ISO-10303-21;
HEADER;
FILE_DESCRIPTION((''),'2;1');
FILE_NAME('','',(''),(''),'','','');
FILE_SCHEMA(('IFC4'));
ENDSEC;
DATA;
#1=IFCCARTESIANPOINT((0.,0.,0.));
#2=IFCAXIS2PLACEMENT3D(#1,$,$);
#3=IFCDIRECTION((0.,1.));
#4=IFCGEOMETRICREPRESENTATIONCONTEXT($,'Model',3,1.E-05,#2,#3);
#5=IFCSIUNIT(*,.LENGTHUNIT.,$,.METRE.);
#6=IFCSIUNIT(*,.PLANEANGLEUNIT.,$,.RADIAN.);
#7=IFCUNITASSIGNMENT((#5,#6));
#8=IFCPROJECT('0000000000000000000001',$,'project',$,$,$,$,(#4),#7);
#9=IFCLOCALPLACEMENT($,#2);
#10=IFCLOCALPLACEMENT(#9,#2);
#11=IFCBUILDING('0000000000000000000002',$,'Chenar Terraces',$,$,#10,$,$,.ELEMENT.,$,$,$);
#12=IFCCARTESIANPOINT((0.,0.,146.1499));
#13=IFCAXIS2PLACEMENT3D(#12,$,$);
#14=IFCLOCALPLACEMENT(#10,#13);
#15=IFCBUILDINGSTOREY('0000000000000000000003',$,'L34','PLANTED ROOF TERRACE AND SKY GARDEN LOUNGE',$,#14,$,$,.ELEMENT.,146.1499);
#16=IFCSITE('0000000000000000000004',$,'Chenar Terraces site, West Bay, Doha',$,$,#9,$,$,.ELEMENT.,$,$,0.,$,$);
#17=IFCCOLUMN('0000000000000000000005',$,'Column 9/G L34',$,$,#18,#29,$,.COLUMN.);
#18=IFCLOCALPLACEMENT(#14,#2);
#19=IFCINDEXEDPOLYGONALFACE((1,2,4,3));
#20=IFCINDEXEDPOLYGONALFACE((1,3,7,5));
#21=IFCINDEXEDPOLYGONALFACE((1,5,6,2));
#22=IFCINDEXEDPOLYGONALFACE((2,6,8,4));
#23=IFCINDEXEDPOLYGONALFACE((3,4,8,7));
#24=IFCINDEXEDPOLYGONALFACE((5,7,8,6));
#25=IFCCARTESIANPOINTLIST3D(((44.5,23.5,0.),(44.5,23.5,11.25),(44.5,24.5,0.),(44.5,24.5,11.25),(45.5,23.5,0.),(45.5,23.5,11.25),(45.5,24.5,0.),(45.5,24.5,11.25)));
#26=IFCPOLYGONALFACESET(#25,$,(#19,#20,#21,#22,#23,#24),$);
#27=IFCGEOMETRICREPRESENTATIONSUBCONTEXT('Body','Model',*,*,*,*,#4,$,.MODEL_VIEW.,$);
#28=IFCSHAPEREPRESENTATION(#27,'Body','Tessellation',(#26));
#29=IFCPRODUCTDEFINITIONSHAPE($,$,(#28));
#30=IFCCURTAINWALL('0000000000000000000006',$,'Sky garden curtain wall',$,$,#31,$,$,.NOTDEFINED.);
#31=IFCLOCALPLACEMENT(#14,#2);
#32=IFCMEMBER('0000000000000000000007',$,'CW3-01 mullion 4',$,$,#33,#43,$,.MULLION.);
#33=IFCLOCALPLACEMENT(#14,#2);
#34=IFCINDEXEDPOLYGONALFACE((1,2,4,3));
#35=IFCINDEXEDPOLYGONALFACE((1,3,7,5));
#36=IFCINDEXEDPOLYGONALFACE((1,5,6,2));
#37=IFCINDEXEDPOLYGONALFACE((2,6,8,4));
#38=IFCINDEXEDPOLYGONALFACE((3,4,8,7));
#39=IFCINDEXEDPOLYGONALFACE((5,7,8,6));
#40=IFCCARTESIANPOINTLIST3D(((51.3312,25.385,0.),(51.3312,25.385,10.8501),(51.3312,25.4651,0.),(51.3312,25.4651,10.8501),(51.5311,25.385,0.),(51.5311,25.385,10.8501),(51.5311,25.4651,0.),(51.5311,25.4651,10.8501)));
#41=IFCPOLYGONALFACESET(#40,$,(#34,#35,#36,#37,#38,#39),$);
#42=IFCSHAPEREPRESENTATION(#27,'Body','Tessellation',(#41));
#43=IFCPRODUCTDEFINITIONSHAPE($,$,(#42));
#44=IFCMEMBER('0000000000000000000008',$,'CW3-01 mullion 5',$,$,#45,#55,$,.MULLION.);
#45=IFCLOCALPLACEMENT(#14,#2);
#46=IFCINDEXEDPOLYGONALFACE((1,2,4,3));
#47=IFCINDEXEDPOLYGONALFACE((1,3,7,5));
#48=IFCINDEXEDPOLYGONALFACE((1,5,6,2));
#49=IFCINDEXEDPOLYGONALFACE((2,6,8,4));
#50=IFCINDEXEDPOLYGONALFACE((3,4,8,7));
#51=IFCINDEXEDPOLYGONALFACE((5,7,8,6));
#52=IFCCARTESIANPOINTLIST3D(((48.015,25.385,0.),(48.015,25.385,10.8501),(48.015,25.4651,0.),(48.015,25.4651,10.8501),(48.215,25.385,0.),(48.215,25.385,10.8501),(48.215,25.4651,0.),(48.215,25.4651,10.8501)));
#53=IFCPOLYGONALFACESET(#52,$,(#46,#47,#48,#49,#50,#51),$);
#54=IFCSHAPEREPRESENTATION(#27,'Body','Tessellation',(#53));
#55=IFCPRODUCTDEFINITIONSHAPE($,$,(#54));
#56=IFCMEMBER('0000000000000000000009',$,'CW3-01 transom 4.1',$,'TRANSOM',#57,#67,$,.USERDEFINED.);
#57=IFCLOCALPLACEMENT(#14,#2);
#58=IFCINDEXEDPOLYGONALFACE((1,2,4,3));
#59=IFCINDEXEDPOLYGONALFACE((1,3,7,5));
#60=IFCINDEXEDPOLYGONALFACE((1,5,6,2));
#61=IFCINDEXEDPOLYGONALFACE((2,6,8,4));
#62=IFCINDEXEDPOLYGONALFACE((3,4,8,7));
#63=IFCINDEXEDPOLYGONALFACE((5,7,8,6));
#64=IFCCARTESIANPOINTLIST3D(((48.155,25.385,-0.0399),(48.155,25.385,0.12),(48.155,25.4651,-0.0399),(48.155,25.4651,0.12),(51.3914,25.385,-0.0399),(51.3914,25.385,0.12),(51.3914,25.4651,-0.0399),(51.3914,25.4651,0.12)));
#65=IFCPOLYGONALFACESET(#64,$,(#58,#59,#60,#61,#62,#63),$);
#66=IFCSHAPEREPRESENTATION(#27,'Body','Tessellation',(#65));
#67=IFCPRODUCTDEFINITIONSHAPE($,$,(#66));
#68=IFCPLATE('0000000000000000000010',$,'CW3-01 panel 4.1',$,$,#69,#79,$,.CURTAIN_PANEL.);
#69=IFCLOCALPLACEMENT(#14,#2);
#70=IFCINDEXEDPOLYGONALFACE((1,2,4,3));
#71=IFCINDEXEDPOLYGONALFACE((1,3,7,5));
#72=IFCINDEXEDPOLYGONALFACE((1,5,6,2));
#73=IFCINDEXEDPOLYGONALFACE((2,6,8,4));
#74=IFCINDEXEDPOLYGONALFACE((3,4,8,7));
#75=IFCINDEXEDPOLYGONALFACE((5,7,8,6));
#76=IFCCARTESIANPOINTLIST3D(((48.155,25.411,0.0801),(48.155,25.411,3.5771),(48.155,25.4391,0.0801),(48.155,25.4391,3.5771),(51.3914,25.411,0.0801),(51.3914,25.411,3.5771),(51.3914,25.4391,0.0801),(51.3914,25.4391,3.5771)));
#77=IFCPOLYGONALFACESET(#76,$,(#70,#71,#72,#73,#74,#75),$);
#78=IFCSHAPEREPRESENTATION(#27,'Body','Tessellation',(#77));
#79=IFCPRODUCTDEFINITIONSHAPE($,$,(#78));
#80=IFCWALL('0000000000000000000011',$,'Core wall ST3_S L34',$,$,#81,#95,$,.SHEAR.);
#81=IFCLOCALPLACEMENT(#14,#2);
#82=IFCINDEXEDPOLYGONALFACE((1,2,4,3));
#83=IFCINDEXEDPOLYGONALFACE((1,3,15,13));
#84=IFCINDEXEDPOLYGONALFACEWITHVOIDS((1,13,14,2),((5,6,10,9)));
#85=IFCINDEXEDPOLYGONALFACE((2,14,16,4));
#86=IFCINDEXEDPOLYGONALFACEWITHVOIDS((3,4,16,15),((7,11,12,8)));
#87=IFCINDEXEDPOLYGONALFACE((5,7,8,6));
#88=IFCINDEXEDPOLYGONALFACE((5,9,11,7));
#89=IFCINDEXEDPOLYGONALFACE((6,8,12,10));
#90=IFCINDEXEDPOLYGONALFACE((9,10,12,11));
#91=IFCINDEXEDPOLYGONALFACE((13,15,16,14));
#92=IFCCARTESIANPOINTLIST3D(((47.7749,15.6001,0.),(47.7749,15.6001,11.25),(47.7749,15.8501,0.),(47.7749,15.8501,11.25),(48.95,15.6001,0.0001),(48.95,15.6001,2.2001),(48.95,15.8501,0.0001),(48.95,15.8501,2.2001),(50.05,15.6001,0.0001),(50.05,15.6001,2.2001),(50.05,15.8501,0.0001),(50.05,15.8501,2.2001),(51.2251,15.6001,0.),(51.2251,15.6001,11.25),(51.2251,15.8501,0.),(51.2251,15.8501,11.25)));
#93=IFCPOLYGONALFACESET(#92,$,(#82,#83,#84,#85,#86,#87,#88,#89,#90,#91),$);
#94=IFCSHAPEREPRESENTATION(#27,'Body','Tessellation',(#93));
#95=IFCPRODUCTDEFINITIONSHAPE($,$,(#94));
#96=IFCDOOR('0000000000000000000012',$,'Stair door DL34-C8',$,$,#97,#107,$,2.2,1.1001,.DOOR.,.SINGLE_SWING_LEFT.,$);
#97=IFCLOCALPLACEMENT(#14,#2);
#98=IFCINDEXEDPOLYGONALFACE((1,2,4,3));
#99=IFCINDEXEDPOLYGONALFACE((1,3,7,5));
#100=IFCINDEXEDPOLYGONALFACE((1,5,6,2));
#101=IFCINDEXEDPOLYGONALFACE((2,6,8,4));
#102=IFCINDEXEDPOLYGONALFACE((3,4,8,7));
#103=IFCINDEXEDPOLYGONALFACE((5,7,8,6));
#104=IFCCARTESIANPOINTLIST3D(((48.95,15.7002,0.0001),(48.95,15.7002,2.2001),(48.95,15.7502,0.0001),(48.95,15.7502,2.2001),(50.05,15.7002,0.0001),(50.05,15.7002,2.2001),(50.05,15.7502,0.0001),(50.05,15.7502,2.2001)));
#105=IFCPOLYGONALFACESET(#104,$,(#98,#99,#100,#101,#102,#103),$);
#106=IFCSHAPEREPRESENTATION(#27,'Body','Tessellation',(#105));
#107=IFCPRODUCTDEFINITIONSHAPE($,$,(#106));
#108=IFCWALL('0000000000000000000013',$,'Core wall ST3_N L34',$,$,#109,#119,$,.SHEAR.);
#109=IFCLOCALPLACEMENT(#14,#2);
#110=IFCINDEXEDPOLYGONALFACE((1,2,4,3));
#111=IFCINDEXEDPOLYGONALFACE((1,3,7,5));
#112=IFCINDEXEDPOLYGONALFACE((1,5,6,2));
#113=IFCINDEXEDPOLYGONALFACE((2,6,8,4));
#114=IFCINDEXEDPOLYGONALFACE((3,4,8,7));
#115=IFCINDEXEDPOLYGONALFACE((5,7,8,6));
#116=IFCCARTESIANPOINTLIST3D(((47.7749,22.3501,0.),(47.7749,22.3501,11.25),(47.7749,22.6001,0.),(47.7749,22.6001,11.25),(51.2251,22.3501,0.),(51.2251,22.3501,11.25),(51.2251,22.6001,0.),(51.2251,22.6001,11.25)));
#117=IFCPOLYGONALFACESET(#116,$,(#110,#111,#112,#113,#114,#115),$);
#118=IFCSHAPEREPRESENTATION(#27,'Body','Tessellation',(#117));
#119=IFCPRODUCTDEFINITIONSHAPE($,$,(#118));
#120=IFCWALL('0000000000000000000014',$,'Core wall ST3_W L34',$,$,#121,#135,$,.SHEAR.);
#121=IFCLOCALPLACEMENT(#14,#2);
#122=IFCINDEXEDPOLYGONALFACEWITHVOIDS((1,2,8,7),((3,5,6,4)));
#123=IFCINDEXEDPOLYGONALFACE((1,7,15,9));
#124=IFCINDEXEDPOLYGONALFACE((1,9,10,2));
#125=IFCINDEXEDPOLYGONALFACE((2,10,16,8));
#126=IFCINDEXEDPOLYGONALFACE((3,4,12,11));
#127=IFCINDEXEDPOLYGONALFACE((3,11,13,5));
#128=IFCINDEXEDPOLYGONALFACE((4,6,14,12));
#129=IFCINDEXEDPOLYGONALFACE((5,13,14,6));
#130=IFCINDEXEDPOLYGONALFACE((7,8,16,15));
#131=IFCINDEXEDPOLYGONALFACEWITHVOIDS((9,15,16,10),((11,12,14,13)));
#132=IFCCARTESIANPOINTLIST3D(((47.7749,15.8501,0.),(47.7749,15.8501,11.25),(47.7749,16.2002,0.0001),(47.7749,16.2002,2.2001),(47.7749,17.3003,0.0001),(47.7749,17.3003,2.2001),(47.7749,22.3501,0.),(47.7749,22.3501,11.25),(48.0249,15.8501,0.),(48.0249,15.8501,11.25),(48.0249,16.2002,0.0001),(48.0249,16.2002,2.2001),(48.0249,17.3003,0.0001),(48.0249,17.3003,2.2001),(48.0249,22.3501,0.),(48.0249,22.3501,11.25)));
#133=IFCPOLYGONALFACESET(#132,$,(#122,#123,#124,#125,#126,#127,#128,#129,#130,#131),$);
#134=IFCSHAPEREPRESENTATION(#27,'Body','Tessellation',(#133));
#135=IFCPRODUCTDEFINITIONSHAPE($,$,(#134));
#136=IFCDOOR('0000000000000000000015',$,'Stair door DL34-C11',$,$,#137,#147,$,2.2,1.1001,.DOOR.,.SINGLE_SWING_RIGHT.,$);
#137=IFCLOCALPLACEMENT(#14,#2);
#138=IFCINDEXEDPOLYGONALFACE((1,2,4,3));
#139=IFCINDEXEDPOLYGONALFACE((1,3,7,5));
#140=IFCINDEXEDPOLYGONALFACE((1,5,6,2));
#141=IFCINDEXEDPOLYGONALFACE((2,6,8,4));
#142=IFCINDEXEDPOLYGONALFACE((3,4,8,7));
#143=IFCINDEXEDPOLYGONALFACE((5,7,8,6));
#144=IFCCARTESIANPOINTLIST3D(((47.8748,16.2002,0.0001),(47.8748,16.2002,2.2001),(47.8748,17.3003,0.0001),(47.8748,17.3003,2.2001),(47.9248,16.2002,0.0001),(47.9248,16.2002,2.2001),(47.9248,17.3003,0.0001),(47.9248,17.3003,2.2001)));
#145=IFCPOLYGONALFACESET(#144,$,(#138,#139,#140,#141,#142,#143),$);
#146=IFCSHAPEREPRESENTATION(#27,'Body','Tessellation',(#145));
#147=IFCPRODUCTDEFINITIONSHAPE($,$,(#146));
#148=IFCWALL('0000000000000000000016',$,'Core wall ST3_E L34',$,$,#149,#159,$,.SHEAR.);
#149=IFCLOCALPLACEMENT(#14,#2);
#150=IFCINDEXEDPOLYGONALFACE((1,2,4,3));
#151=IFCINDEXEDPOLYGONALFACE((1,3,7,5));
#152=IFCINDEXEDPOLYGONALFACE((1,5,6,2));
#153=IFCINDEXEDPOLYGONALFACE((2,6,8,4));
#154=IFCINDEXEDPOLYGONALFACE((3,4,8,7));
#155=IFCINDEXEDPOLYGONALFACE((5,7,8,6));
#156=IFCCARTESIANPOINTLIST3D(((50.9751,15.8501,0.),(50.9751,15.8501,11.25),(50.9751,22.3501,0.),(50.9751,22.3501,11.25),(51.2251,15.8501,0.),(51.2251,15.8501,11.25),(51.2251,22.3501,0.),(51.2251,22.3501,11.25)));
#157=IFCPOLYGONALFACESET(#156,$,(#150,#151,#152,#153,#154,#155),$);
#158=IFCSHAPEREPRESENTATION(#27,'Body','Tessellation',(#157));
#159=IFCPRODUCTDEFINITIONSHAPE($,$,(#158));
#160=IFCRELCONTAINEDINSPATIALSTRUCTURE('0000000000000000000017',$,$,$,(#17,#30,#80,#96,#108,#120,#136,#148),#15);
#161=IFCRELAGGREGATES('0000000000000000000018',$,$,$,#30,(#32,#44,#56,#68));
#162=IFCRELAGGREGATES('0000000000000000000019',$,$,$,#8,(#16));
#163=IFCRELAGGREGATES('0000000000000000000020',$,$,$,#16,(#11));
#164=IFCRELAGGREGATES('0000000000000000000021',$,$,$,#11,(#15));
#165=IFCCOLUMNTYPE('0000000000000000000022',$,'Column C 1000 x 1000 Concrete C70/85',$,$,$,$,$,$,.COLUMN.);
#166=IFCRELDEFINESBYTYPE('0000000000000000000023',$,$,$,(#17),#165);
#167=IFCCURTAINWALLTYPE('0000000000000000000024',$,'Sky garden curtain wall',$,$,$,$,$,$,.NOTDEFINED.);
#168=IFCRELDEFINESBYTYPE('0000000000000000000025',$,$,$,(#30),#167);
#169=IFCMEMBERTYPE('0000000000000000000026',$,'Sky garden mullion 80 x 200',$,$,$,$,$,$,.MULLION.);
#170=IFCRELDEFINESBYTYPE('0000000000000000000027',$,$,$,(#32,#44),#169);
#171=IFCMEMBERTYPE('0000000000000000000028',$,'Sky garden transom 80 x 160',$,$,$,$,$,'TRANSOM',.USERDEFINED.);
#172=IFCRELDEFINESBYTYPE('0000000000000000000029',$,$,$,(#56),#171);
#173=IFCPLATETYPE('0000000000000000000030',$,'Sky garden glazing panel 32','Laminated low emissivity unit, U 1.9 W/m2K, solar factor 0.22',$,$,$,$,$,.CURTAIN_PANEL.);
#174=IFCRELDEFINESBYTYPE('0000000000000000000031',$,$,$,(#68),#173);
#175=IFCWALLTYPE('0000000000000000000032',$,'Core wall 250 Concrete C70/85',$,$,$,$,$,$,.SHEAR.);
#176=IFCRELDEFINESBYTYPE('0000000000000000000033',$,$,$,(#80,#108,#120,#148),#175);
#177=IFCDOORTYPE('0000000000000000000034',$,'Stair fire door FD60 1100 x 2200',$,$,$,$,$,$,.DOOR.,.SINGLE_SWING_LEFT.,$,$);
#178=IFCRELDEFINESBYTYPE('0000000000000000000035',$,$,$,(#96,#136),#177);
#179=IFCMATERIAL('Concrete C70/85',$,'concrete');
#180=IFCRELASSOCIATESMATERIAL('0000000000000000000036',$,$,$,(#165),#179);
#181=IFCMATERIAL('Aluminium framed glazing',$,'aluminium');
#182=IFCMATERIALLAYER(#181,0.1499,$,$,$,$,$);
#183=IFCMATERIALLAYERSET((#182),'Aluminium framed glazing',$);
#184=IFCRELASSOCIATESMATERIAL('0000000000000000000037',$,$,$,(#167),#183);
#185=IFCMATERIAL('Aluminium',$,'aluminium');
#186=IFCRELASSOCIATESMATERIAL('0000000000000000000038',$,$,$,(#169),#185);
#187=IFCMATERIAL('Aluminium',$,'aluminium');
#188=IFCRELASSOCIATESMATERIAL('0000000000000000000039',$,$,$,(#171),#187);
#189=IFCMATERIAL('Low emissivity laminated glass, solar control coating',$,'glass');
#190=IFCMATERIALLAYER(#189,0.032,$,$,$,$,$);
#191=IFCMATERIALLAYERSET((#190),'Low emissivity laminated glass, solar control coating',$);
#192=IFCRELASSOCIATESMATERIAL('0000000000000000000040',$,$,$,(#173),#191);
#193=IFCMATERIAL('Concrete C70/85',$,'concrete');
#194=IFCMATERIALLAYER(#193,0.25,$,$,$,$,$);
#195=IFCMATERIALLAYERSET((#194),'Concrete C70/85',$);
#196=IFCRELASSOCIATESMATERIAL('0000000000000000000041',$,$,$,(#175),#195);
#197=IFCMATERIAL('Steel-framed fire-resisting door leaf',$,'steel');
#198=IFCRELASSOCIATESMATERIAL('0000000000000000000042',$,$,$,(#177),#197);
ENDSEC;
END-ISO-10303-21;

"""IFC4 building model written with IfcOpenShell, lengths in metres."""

from ifc_helpers import new_model, si_unit, direction, frame, frame_2d, origin, origin_2d, place, context, subcontext, project, spatial, rectangle, extrude, material, layer, layer_set, material_profile, profile_set, type_object, element, fill, aggregate, save


model = new_model("IFC4")

# Units and contexts
model_context = context("Model", 3, precision=1e-05, world=origin(), true_north=direction((0.0, 1.0)))
body_context = subcontext(model_context, "Body", "Model", "MODEL_VIEW")
ifc_project = project(units=[si_unit("LENGTHUNIT", "METRE"), si_unit("PLANEANGLEUNIT", "RADIAN")], contexts=[model_context])

# Site, building, storey
site_placement = place(None, origin())
site = spatial("IfcSite", under=ifc_project, at=site_placement, Name="Chenar Terraces site, West Bay, Doha", CompositionType="ELEMENT", RefElevation=0.0)
building_placement = place(site_placement, origin())
building = spatial("IfcBuilding", under=site, at=building_placement, Name="Chenar Terraces", CompositionType="ELEMENT")
storey_placement = place(building_placement, frame((0.0, 0.0, 146.1499)))
storey = spatial("IfcBuildingStorey", under=building, at=storey_placement, Name="L34", Description="PLANTED ROOF TERRACE AND SKY GARDEN LOUNGE", CompositionType="ELEMENT", Elevation=146.1499)

# Column
ifc_material_1 = material(Name="Concrete C70/85", Category="concrete")
ifc_material_profile_1 = material_profile(ifc_material_1, rectangle(XDim=1.0, YDim=1.0, at=origin_2d()), Name="C 1000 x 1000")
ifc_profile_set_1 = profile_set([ifc_material_profile_1], Name="Concrete C70/85")
column_type = type_object("IfcColumnType", Name="Column C 1000 x 1000 Concrete C70/85", PredefinedType="COLUMN", material=ifc_profile_set_1)
column_placement = place(storey_placement, frame((45.0, 24.0, 0.0), z_axis=(0.0, 0.0, 1.0), x_axis=(1.0, 0.0, 0.0)))
element("IfcColumn", 1, at=column_placement, inside=storey, type_object=column_type, Name="Column 9/G L34", PredefinedType="COLUMN", context=body_context, shape_type="SweptSolid", body=[
    extrude(rectangle(XDim=1.0, YDim=1.0, at=origin_2d()), origin(), (0.0, 0.0, 1.0), 11.25),
])

# Curtain wall, members, plate
ifc_material_2 = material(Name="Aluminium framed glazing", Category="aluminium")
ifc_layer_1 = layer(ifc_material_2, 0.1499)
ifc_layer_set_1 = layer_set([ifc_layer_1], Name="Aluminium framed glazing")
curtain_wall_type = type_object("IfcCurtainWallType", Name="Sky garden curtain wall", PredefinedType="NOTDEFINED", material=ifc_layer_set_1)
placement = place(storey_placement, origin())
curtain_wall = element("IfcCurtainWall", 2, at=placement, inside=storey, type_object=curtain_wall_type, Name="Sky garden curtain wall", PredefinedType="NOTDEFINED")
ifc_material_3 = material(Name="Aluminium", Category="aluminium")
ifc_material_profile_2 = material_profile(ifc_material_3, rectangle(XDim=0.0801, YDim=0.2, at=origin_2d()), Name="Sky garden mullion 80 x 200")
ifc_profile_set_2 = profile_set([ifc_material_profile_2], Name="Aluminium")
member_type_1 = type_object("IfcMemberType", Name="Sky garden mullion 80 x 200", PredefinedType="MULLION", material=ifc_profile_set_2)
member_1_placement = place(storey_placement, frame((51.4312, 25.425, 0.0), z_axis=(0.0, 0.0, 1.0), x_axis=(0.0, -1.0, 0.0)))
member_1 = element("IfcMember", 3, at=member_1_placement, type_object=member_type_1, Name="CW3-01 mullion 4", PredefinedType="MULLION", context=body_context, shape_type="SweptSolid", body=[
    extrude(rectangle(XDim=0.0801, YDim=0.2, at=origin_2d()), origin(), (0.0, 0.0, 1.0), 10.8501),
])
member_2_placement = place(storey_placement, frame((48.115, 25.425, 0.0), z_axis=(0.0, 0.0, 1.0), x_axis=(0.0, -1.0, 0.0)))
member_2 = element("IfcMember", 4, at=member_2_placement, type_object=member_type_1, Name="CW3-01 mullion 5", PredefinedType="MULLION", context=body_context, shape_type="SweptSolid", body=[
    extrude(rectangle(XDim=0.0801, YDim=0.2, at=origin_2d()), origin(), (0.0, 0.0, 1.0), 10.8501),
])
ifc_material_4 = material(Name="Aluminium", Category="aluminium")
ifc_material_profile_3 = material_profile(ifc_material_4, rectangle(XDim=0.0801, YDim=0.1599, at=origin_2d()), Name="Sky garden transom 80 x 160")
ifc_profile_set_3 = profile_set([ifc_material_profile_3], Name="Aluminium")
member_type_2 = type_object("IfcMemberType", Name="Sky garden transom 80 x 160", ElementType="TRANSOM", PredefinedType="USERDEFINED", material=ifc_profile_set_3)
member_3_placement = place(storey_placement, frame((51.3914, 25.425, 0.04), z_axis=(-1.0, 0.0, 0.0), x_axis=(0.0, -1.0, 0.0)))
member_3 = element("IfcMember", 5, at=member_3_placement, type_object=member_type_2, Name="CW3-01 transom 4.1", ObjectType="TRANSOM", PredefinedType="USERDEFINED", context=body_context, shape_type="SweptSolid", body=[
    extrude(rectangle(XDim=0.0801, YDim=0.1599, at=origin_2d()), origin(), (0.0, 0.0, 1.0), 3.2363),
])
ifc_material_5 = material(Name="Low emissivity laminated glass, solar control coating", Category="glass")
ifc_layer_2 = layer(ifc_material_5, 0.032)
ifc_layer_set_2 = layer_set([ifc_layer_2], Name="Low emissivity laminated glass, solar control coating")
plate_type = type_object("IfcPlateType", Name="Sky garden glazing panel 32", Description="Laminated low emissivity unit, U 1.9 W/m2K, solar factor 0.22", PredefinedType="CURTAIN_PANEL", material=ifc_layer_set_2)
plate_placement = place(storey_placement, frame((49.7732, 25.425, 0.0801), z_axis=(0.0, 0.0, 1.0), x_axis=(-1.0, 0.0, 0.0)))
plate = element("IfcPlate", 6, at=plate_placement, type_object=plate_type, Name="CW3-01 panel 4.1", PredefinedType="CURTAIN_PANEL", context=body_context, shape_type="SweptSolid", body=[
    extrude(rectangle(XDim=3.2363, YDim=0.0281, at=origin_2d()), origin(), (0.0, 0.0, 1.0), 3.4971),
])
aggregate(curtain_wall, [member_1, member_2, member_3, plate])

# Wall, opening, door
ifc_material_6 = material(Name="Concrete C70/85", Category="concrete")
ifc_layer_3 = layer(ifc_material_6, 0.25)
ifc_layer_set_3 = layer_set([ifc_layer_3], Name="Concrete C70/85")
wall_type_1 = type_object("IfcWallType", Name="Core wall 250 Concrete C70/85", PredefinedType="SHEAR", material=ifc_layer_set_3)
wall_1_placement = place(storey_placement, frame((47.7749, 15.7251, 0.0), z_axis=(0.0, 0.0, 1.0), x_axis=(1.0, 0.0, 0.0)))
wall_1 = element("IfcWall", 7, at=wall_1_placement, inside=storey, type_object=wall_type_1, Name="Core wall ST3_S L34", PredefinedType="SHEAR", context=body_context, shape_type="SweptSolid", body=[
    extrude(rectangle(XDim=3.4502, YDim=0.25, at=frame_2d((1.7251, 0.0))), origin(), (0.0, 0.0, 1.0), 11.25),
])
opening_1_placement = place(wall_1_placement, frame((1.175, 0.0, 0.0)))
opening_1 = element("IfcOpeningElement", 8, at=opening_1_placement, cuts=wall_1, PredefinedType="OPENING", context=body_context, shape_type="SweptSolid", body=[
    extrude(rectangle(XDim=1.1001, YDim=2.2, at=frame_2d((0.55, 1.1001))), frame((0.0, 0.135, 0.0), z_axis=(0.0, -1.0, 0.0), x_axis=(1.0, 0.0, 0.0)), (0.0, 0.0, 1.0), 0.27),
])
ifc_material_7 = material(Name="Steel-framed fire-resisting door leaf", Category="steel")
door_type_1 = type_object("IfcDoorType", Name="Stair fire door FD60 1100 x 2200", OperationType="SINGLE_SWING_LEFT", PredefinedType="DOOR", material=ifc_material_7)
door_1_placement = place(opening_1_placement, frame((1.1001, 0.0, 0.0), z_axis=(0.0, 0.0, 1.0), x_axis=(-1.0, 0.0, 0.0)))
door_1 = element("IfcDoor", 9, at=door_1_placement, inside=storey, type_object=door_type_1, Name="Stair door DL34-C8", OperationType="SINGLE_SWING_LEFT", OverallHeight=2.2, OverallWidth=1.1001, PredefinedType="DOOR", context=body_context, shape_type="SweptSolid", body=[
    extrude(rectangle(XDim=1.1001, YDim=2.2, at=frame_2d((0.55, 1.1001))), frame((0.0, 0.0249, 0.0), z_axis=(0.0, -1.0, 0.0), x_axis=(1.0, 0.0, 0.0)), (0.0, 0.0, 1.0), 0.05),
])
fill(opening_1, door_1)

# Wall
wall_2_placement = place(storey_placement, frame((47.7749, 22.4751, 0.0), z_axis=(0.0, 0.0, 1.0), x_axis=(1.0, 0.0, 0.0)))
element("IfcWall", 10, at=wall_2_placement, inside=storey, type_object=wall_type_1, Name="Core wall ST3_N L34", PredefinedType="SHEAR", context=body_context, shape_type="SweptSolid", body=[
    extrude(rectangle(XDim=3.4502, YDim=0.25, at=frame_2d((1.7251, 0.0))), origin(), (0.0, 0.0, 1.0), 11.25),
])

# Wall, opening, door
wall_3_placement = place(storey_placement, frame((47.8999, 15.8501, 0.0), z_axis=(0.0, 0.0, 1.0), x_axis=(0.0, 1.0, 0.0)))
wall_3 = element("IfcWall", 11, at=wall_3_placement, inside=storey, type_object=wall_type_1, Name="Core wall ST3_W L34", PredefinedType="SHEAR", context=body_context, shape_type="SweptSolid", body=[
    extrude(rectangle(XDim=6.5, YDim=0.25, at=frame_2d((3.25, 0.0))), origin(), (0.0, 0.0, 1.0), 11.25),
])
opening_2_placement = place(wall_3_placement, frame((0.3501, 0.0, 0.0)))
opening_2 = element("IfcOpeningElement", 12, at=opening_2_placement, cuts=wall_3, PredefinedType="OPENING", context=body_context, shape_type="SweptSolid", body=[
    extrude(rectangle(XDim=1.1001, YDim=2.2, at=frame_2d((0.55, 1.1001))), frame((0.0, 0.135, 0.0), z_axis=(0.0, -1.0, 0.0), x_axis=(1.0, 0.0, 0.0)), (0.0, 0.0, 1.0), 0.27),
])
door_2_placement = place(opening_2_placement, frame((1.1001, 0.0, 0.0), z_axis=(0.0, 0.0, 1.0), x_axis=(-1.0, 0.0, 0.0)))
door_2 = element("IfcDoor", 13, at=door_2_placement, inside=storey, type_object=door_type_1, Name="Stair door DL34-C11", OperationType="SINGLE_SWING_RIGHT", OverallHeight=2.2, OverallWidth=1.1001, PredefinedType="DOOR", context=body_context, shape_type="SweptSolid", body=[
    extrude(rectangle(XDim=1.1001, YDim=2.2, at=frame_2d((0.55, 1.1001))), frame((0.0, 0.0249, 0.0), z_axis=(0.0, -1.0, 0.0), x_axis=(1.0, 0.0, 0.0)), (0.0, 0.0, 1.0), 0.05),
])
fill(opening_2, door_2)

# Wall
wall_4_placement = place(storey_placement, frame((51.1001, 15.8501, 0.0), z_axis=(0.0, 0.0, 1.0), x_axis=(0.0, 1.0, 0.0)))
element("IfcWall", 14, at=wall_4_placement, inside=storey, type_object=wall_type_1, Name="Core wall ST3_E L34", PredefinedType="SHEAR", context=body_context, shape_type="SweptSolid", body=[
    extrude(rectangle(XDim=6.5, YDim=0.25, at=frame_2d((3.25, 0.0))), origin(), (0.0, 0.0, 1.0), 11.25),
])

save(model, "model.ifc")
